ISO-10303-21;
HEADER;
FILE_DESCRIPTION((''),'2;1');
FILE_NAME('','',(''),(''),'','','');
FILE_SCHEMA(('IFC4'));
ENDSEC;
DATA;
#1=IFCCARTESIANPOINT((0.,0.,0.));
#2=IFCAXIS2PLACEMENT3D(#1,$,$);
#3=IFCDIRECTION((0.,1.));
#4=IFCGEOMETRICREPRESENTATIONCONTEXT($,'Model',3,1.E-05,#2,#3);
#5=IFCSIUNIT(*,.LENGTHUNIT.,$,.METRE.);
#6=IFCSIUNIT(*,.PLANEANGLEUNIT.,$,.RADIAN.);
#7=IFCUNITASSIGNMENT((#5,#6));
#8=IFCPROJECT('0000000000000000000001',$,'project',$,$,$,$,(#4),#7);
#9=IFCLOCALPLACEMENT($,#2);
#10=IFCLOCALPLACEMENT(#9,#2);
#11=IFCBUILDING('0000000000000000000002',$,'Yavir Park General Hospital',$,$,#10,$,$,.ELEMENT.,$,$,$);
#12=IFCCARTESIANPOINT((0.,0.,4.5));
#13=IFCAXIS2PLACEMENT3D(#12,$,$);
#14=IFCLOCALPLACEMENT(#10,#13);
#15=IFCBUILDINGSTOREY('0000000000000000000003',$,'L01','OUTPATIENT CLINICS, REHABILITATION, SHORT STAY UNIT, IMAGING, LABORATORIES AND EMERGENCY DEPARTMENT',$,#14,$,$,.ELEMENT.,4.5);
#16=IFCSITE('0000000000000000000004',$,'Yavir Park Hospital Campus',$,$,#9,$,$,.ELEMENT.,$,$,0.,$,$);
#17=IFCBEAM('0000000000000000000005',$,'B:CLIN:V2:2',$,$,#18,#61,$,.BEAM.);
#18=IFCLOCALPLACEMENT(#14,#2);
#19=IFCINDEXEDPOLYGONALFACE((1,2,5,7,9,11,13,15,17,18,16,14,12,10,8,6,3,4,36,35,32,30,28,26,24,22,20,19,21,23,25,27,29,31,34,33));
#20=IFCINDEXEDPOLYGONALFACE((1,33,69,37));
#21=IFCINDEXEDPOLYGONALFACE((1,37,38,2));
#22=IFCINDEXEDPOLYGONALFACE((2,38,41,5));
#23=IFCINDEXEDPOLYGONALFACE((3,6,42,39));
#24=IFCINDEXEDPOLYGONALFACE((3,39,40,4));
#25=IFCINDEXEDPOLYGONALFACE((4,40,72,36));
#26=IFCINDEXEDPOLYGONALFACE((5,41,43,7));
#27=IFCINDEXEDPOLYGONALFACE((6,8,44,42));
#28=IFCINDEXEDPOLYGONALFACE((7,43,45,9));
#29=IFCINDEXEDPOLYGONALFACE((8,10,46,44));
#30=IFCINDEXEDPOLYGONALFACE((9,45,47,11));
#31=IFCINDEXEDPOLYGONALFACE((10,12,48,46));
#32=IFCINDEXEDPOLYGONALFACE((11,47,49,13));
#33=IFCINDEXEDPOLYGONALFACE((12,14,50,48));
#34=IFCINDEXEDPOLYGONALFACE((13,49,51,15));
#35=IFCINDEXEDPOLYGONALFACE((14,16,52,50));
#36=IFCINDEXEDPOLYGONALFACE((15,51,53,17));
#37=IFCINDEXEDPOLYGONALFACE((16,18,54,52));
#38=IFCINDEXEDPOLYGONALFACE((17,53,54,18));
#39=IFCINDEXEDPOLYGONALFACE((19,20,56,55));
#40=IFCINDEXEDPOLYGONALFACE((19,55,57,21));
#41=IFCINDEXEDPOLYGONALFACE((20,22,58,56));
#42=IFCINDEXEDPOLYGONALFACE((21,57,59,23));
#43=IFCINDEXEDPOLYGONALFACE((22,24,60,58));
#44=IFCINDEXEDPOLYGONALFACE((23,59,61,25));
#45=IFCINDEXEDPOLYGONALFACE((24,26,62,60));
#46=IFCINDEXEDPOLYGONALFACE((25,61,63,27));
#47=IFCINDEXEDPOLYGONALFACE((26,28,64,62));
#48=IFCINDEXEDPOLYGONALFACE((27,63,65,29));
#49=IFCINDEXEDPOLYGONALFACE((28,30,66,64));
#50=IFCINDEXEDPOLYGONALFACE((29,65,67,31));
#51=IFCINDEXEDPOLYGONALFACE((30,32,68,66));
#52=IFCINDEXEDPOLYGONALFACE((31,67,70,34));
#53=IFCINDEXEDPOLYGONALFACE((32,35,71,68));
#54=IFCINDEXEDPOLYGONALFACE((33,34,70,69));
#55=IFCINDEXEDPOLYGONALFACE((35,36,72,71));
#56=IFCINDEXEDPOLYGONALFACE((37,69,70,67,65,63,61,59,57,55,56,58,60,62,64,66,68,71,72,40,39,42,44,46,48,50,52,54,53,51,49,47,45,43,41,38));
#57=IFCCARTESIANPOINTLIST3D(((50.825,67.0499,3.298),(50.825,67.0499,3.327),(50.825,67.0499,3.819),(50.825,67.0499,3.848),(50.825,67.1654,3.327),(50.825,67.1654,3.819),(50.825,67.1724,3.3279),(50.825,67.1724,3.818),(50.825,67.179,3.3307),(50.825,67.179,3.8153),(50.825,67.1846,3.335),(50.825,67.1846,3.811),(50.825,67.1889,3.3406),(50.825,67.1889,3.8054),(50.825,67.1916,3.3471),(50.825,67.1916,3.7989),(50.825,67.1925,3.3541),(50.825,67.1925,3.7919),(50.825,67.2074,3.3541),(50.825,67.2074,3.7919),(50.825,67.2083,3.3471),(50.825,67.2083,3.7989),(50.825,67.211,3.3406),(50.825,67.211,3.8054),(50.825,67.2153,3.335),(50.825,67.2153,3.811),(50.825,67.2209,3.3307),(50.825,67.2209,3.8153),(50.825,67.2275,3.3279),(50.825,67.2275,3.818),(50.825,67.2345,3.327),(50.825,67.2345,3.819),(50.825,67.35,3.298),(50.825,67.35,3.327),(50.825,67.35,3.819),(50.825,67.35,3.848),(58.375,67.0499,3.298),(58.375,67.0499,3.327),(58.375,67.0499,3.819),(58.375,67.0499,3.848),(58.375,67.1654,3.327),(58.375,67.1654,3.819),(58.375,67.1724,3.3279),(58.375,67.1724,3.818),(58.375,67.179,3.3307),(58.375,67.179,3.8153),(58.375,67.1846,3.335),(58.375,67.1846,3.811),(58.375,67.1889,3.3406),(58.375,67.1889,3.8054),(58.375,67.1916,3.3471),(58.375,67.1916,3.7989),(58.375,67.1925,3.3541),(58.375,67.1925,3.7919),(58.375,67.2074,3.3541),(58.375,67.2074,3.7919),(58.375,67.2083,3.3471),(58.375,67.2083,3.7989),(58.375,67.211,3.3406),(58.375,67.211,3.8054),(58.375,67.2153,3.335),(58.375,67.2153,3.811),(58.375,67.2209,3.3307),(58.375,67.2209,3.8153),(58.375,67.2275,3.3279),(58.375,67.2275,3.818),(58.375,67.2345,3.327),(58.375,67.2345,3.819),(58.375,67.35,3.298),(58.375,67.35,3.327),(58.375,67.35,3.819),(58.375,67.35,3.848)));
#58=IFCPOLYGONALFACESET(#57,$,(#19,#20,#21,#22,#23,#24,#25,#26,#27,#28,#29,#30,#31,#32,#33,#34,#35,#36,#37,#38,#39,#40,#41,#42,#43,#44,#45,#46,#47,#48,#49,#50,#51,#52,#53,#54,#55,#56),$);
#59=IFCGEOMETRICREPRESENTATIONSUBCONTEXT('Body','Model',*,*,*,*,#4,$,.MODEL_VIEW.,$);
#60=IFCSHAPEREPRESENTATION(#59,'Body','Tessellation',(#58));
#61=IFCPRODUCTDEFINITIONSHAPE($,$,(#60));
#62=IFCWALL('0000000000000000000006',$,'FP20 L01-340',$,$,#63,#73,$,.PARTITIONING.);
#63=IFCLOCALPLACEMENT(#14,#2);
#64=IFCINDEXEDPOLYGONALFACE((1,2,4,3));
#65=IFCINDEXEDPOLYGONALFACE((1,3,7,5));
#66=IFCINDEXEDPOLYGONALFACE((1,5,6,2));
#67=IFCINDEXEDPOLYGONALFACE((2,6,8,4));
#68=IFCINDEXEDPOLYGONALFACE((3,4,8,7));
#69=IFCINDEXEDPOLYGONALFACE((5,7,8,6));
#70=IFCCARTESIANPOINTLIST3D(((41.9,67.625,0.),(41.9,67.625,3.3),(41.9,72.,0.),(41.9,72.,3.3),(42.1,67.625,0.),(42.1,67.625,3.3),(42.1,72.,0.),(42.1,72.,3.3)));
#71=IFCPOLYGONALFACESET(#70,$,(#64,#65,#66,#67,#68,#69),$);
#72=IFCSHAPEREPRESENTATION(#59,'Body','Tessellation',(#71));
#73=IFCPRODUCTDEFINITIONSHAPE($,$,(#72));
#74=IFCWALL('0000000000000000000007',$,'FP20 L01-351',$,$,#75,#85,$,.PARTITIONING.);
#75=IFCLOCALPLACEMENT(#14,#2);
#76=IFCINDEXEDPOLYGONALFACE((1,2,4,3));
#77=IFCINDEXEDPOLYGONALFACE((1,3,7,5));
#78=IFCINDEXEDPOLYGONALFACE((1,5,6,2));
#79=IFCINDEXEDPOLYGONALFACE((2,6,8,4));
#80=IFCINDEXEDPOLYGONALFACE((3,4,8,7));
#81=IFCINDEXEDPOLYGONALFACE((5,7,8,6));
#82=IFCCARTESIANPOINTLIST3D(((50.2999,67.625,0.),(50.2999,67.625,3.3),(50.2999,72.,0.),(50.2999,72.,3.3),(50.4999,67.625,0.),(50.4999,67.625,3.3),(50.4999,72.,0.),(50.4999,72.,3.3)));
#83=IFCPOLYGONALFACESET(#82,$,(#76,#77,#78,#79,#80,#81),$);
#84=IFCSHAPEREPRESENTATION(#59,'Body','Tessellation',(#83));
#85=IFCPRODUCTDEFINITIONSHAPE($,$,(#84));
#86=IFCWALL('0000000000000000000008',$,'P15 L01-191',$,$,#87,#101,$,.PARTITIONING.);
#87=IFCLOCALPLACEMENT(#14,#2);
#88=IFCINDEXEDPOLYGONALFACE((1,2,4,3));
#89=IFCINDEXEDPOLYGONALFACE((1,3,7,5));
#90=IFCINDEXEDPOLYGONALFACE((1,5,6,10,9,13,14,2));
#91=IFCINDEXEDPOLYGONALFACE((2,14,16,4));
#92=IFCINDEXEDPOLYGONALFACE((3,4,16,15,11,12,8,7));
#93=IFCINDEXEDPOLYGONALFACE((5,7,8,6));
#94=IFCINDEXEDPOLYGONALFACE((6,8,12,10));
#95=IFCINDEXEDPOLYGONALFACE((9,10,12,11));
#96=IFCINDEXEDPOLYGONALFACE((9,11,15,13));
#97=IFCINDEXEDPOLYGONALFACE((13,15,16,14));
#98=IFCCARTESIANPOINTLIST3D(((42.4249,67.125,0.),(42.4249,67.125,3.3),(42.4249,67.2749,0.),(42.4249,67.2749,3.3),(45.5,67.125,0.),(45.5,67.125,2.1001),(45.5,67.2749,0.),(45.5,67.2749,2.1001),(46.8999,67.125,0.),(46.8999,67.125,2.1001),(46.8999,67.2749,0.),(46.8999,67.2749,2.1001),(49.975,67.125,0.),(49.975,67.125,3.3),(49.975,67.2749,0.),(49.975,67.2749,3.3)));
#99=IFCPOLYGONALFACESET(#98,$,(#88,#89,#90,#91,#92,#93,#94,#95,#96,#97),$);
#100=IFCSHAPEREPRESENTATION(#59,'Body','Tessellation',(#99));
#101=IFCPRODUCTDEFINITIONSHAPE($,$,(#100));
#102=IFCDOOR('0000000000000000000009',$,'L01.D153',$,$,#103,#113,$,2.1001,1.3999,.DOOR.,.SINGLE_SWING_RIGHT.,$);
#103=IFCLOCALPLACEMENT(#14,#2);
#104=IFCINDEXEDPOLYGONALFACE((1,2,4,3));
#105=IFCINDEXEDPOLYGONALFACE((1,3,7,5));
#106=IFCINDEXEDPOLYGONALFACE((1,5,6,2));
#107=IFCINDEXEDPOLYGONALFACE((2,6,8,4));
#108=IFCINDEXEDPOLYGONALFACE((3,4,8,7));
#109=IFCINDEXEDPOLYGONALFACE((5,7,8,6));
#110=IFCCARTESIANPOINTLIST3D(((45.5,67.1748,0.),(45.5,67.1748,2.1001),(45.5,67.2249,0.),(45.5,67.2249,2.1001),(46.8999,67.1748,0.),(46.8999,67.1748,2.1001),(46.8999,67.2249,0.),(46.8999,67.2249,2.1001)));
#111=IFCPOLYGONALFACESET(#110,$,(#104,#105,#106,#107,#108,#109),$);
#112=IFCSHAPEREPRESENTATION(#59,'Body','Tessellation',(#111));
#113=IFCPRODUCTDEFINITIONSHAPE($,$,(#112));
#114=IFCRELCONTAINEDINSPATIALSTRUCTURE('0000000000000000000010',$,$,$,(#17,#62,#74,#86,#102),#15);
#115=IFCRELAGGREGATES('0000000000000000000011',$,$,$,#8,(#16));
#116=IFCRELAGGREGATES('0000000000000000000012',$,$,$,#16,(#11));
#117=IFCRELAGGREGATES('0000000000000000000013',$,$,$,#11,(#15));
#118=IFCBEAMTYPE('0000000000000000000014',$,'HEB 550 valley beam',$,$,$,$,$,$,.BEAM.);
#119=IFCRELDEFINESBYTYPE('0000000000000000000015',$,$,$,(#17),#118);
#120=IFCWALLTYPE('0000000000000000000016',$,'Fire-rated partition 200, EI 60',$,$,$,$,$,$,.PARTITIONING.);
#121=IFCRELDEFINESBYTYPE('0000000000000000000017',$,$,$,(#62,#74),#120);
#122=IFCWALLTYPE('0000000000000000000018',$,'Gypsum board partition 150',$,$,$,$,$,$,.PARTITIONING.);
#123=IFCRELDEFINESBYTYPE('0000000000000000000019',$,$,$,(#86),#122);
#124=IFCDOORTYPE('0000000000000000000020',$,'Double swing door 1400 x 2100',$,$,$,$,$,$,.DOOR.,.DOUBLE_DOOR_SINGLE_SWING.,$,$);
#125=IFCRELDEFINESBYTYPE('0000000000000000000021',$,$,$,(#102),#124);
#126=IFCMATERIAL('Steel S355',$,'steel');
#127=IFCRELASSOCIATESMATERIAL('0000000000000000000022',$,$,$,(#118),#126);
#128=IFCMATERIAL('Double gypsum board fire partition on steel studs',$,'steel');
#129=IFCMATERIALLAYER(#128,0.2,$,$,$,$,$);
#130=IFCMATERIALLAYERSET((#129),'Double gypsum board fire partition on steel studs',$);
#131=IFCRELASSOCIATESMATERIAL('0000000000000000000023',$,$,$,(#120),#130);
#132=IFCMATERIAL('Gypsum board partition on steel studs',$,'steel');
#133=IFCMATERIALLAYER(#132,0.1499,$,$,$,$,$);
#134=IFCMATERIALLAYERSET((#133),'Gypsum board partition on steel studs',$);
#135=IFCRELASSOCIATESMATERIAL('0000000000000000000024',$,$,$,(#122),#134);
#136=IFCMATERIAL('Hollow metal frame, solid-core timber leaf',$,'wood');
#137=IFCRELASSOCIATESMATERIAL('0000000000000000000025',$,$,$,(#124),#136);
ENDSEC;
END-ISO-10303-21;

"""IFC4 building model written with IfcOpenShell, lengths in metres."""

from ifc_helpers import new_model, si_unit, direction, frame, frame_2d, origin, origin_2d, place, context, subcontext, project, spatial, rectangle, i_section, extrude, material, layer, layer_set, material_profile, profile_set, type_object, element, fill, save


model = new_model("IFC4")

# Units and contexts
model_context = context("Model", 3, precision=1e-05, world=origin(), true_north=direction((0.0, 1.0)))
body_context = subcontext(model_context, "Body", "Model", "MODEL_VIEW")
ifc_project = project(units=[si_unit("LENGTHUNIT", "METRE"), si_unit("PLANEANGLEUNIT", "RADIAN")], contexts=[model_context])

# Site, building, storey
site_placement = place(None, origin())
site = spatial("IfcSite", under=ifc_project, at=site_placement, Name="Yavir Park Hospital Campus", CompositionType="ELEMENT", RefElevation=0.0)
building_placement = place(site_placement, origin())
building = spatial("IfcBuilding", under=site, at=building_placement, Name="Yavir Park General Hospital", CompositionType="ELEMENT")
storey_placement = place(building_placement, frame((0.0, 0.0, 4.5)))
storey = spatial("IfcBuildingStorey", under=building, at=storey_placement, Name="L01", Description="OUTPATIENT CLINICS, REHABILITATION, SHORT STAY UNIT, IMAGING, LABORATORIES AND EMERGENCY DEPARTMENT", CompositionType="ELEMENT", Elevation=4.5)

# Beam
ifc_material_1 = material(Name="Steel S355", Category="steel")
ifc_material_profile_1 = material_profile(ifc_material_1, i_section(OverallWidth=0.3, OverallDepth=0.55, WebThickness=0.0149, FlangeThickness=0.0291, FilletRadius=0.0271, at=origin_2d()), Name="HEB550")
ifc_profile_set_1 = profile_set([ifc_material_profile_1], Name="Steel S355")
beam_type = type_object("IfcBeamType", Name="HEB 550 valley beam", PredefinedType="BEAM", material=ifc_profile_set_1)
for number, where, z_axis, x_axis, name in (
    (1, (50.825, 67.2, 3.573), (1.0, 0.0, 0.0), (0.0, 1.0, 0.0), "B:CLIN:V2:2"),
):
    element("IfcBeam", number, at=place(storey_placement, frame(where, z_axis=z_axis, x_axis=x_axis)), inside=storey, type_object=beam_type, Name=name, PredefinedType="BEAM", context=body_context, shape_type="SweptSolid", body=[
        extrude(i_section(OverallWidth=0.3, OverallDepth=0.55, WebThickness=0.0149, FlangeThickness=0.0291, FilletRadius=0.0271, at=origin_2d()), origin(), (0.0, 0.0, 1.0), 7.55),
    ])

# Shared definitions
ifc_material_2 = material(Name="Double gypsum board fire partition on steel studs", Category="steel")
ifc_layer_1 = layer(ifc_material_2, 0.2)
ifc_layer_set_1 = layer_set([ifc_layer_1], Name="Double gypsum board fire partition on steel studs")
wall_type_1 = type_object("IfcWallType", Name="Fire-rated partition 200, EI 60", PredefinedType="PARTITIONING", material=ifc_layer_set_1)

# Walls
for number, where, z_axis, x_axis, name in (
    (2, (42.0, 67.625, 0.0), (0.0, 0.0, 1.0), (0.0, 1.0, 0.0), "FP20 L01-340"),
    (3, (50.3999, 67.625, 0.0), (0.0, 0.0, 1.0), (0.0, 1.0, 0.0), "FP20 L01-351"),
):
    element("IfcWall", number, at=place(storey_placement, frame(where, z_axis=z_axis, x_axis=x_axis)), inside=storey, type_object=wall_type_1, Name=name, PredefinedType="PARTITIONING", context=body_context, shape_type="SweptSolid", body=[
        extrude(rectangle(XDim=4.375, YDim=0.2, at=frame_2d((2.1875, 0.0))), origin(), (0.0, 0.0, 1.0), 3.3),
    ])

# Wall, opening, door
ifc_material_3 = material(Name="Gypsum board partition on steel studs", Category="steel")
ifc_layer_2 = layer(ifc_material_3, 0.1499)
ifc_layer_set_2 = layer_set([ifc_layer_2], Name="Gypsum board partition on steel studs")
wall_type_2 = type_object("IfcWallType", Name="Gypsum board partition 150", PredefinedType="PARTITIONING", material=ifc_layer_set_2)
wall_1_placement = place(storey_placement, frame((42.425, 67.2, 0.0), z_axis=(0.0, 0.0, 1.0), x_axis=(1.0, 0.0, 0.0)))
wall_1 = element("IfcWall", 4, at=wall_1_placement, inside=storey, type_object=wall_type_2, Name="P15 L01-191", PredefinedType="PARTITIONING", context=body_context, shape_type="SweptSolid", body=[
    extrude(rectangle(XDim=7.55, YDim=0.1499, at=frame_2d((3.7749, 0.0))), origin(), (0.0, 0.0, 1.0), 3.3),
])
opening_1_placement = place(wall_1_placement, frame((3.075, 0.0, 0.0)))
opening_1 = element("IfcOpeningElement", 5, at=opening_1_placement, cuts=wall_1, PredefinedType="OPENING", context=body_context, shape_type="SweptSolid", body=[
    extrude(rectangle(XDim=1.3999, YDim=2.1001, at=frame_2d((0.7, 1.05))), frame((0.0, 0.085, 0.0), z_axis=(0.0, -1.0, 0.0), x_axis=(1.0, 0.0, 0.0)), (0.0, 0.0, 1.0), 0.1699),
])
ifc_material_4 = material(Name="Hollow metal frame, solid-core timber leaf", Category="wood")
door_type_1 = type_object("IfcDoorType", Name="Double swing door 1400 x 2100", OperationType="DOUBLE_DOOR_SINGLE_SWING", PredefinedType="DOOR", material=ifc_material_4)
door_1_placement = place(opening_1_placement, origin())
door_1 = element("IfcDoor", 6, at=door_1_placement, inside=storey, type_object=door_type_1, Name="L01.D153", OperationType="SINGLE_SWING_RIGHT", OverallHeight=2.1001, OverallWidth=1.3999, PredefinedType="DOOR", context=body_context, shape_type="SweptSolid", body=[
    extrude(rectangle(XDim=1.3999, YDim=2.1001, at=frame_2d((0.7, 1.05))), frame((0.0, 0.0249, 0.0), z_axis=(0.0, -1.0, 0.0), x_axis=(1.0, 0.0, 0.0)), (0.0, 0.0, 1.0), 0.05),
])
fill(opening_1, door_1)

save(model, "model.ifc")
